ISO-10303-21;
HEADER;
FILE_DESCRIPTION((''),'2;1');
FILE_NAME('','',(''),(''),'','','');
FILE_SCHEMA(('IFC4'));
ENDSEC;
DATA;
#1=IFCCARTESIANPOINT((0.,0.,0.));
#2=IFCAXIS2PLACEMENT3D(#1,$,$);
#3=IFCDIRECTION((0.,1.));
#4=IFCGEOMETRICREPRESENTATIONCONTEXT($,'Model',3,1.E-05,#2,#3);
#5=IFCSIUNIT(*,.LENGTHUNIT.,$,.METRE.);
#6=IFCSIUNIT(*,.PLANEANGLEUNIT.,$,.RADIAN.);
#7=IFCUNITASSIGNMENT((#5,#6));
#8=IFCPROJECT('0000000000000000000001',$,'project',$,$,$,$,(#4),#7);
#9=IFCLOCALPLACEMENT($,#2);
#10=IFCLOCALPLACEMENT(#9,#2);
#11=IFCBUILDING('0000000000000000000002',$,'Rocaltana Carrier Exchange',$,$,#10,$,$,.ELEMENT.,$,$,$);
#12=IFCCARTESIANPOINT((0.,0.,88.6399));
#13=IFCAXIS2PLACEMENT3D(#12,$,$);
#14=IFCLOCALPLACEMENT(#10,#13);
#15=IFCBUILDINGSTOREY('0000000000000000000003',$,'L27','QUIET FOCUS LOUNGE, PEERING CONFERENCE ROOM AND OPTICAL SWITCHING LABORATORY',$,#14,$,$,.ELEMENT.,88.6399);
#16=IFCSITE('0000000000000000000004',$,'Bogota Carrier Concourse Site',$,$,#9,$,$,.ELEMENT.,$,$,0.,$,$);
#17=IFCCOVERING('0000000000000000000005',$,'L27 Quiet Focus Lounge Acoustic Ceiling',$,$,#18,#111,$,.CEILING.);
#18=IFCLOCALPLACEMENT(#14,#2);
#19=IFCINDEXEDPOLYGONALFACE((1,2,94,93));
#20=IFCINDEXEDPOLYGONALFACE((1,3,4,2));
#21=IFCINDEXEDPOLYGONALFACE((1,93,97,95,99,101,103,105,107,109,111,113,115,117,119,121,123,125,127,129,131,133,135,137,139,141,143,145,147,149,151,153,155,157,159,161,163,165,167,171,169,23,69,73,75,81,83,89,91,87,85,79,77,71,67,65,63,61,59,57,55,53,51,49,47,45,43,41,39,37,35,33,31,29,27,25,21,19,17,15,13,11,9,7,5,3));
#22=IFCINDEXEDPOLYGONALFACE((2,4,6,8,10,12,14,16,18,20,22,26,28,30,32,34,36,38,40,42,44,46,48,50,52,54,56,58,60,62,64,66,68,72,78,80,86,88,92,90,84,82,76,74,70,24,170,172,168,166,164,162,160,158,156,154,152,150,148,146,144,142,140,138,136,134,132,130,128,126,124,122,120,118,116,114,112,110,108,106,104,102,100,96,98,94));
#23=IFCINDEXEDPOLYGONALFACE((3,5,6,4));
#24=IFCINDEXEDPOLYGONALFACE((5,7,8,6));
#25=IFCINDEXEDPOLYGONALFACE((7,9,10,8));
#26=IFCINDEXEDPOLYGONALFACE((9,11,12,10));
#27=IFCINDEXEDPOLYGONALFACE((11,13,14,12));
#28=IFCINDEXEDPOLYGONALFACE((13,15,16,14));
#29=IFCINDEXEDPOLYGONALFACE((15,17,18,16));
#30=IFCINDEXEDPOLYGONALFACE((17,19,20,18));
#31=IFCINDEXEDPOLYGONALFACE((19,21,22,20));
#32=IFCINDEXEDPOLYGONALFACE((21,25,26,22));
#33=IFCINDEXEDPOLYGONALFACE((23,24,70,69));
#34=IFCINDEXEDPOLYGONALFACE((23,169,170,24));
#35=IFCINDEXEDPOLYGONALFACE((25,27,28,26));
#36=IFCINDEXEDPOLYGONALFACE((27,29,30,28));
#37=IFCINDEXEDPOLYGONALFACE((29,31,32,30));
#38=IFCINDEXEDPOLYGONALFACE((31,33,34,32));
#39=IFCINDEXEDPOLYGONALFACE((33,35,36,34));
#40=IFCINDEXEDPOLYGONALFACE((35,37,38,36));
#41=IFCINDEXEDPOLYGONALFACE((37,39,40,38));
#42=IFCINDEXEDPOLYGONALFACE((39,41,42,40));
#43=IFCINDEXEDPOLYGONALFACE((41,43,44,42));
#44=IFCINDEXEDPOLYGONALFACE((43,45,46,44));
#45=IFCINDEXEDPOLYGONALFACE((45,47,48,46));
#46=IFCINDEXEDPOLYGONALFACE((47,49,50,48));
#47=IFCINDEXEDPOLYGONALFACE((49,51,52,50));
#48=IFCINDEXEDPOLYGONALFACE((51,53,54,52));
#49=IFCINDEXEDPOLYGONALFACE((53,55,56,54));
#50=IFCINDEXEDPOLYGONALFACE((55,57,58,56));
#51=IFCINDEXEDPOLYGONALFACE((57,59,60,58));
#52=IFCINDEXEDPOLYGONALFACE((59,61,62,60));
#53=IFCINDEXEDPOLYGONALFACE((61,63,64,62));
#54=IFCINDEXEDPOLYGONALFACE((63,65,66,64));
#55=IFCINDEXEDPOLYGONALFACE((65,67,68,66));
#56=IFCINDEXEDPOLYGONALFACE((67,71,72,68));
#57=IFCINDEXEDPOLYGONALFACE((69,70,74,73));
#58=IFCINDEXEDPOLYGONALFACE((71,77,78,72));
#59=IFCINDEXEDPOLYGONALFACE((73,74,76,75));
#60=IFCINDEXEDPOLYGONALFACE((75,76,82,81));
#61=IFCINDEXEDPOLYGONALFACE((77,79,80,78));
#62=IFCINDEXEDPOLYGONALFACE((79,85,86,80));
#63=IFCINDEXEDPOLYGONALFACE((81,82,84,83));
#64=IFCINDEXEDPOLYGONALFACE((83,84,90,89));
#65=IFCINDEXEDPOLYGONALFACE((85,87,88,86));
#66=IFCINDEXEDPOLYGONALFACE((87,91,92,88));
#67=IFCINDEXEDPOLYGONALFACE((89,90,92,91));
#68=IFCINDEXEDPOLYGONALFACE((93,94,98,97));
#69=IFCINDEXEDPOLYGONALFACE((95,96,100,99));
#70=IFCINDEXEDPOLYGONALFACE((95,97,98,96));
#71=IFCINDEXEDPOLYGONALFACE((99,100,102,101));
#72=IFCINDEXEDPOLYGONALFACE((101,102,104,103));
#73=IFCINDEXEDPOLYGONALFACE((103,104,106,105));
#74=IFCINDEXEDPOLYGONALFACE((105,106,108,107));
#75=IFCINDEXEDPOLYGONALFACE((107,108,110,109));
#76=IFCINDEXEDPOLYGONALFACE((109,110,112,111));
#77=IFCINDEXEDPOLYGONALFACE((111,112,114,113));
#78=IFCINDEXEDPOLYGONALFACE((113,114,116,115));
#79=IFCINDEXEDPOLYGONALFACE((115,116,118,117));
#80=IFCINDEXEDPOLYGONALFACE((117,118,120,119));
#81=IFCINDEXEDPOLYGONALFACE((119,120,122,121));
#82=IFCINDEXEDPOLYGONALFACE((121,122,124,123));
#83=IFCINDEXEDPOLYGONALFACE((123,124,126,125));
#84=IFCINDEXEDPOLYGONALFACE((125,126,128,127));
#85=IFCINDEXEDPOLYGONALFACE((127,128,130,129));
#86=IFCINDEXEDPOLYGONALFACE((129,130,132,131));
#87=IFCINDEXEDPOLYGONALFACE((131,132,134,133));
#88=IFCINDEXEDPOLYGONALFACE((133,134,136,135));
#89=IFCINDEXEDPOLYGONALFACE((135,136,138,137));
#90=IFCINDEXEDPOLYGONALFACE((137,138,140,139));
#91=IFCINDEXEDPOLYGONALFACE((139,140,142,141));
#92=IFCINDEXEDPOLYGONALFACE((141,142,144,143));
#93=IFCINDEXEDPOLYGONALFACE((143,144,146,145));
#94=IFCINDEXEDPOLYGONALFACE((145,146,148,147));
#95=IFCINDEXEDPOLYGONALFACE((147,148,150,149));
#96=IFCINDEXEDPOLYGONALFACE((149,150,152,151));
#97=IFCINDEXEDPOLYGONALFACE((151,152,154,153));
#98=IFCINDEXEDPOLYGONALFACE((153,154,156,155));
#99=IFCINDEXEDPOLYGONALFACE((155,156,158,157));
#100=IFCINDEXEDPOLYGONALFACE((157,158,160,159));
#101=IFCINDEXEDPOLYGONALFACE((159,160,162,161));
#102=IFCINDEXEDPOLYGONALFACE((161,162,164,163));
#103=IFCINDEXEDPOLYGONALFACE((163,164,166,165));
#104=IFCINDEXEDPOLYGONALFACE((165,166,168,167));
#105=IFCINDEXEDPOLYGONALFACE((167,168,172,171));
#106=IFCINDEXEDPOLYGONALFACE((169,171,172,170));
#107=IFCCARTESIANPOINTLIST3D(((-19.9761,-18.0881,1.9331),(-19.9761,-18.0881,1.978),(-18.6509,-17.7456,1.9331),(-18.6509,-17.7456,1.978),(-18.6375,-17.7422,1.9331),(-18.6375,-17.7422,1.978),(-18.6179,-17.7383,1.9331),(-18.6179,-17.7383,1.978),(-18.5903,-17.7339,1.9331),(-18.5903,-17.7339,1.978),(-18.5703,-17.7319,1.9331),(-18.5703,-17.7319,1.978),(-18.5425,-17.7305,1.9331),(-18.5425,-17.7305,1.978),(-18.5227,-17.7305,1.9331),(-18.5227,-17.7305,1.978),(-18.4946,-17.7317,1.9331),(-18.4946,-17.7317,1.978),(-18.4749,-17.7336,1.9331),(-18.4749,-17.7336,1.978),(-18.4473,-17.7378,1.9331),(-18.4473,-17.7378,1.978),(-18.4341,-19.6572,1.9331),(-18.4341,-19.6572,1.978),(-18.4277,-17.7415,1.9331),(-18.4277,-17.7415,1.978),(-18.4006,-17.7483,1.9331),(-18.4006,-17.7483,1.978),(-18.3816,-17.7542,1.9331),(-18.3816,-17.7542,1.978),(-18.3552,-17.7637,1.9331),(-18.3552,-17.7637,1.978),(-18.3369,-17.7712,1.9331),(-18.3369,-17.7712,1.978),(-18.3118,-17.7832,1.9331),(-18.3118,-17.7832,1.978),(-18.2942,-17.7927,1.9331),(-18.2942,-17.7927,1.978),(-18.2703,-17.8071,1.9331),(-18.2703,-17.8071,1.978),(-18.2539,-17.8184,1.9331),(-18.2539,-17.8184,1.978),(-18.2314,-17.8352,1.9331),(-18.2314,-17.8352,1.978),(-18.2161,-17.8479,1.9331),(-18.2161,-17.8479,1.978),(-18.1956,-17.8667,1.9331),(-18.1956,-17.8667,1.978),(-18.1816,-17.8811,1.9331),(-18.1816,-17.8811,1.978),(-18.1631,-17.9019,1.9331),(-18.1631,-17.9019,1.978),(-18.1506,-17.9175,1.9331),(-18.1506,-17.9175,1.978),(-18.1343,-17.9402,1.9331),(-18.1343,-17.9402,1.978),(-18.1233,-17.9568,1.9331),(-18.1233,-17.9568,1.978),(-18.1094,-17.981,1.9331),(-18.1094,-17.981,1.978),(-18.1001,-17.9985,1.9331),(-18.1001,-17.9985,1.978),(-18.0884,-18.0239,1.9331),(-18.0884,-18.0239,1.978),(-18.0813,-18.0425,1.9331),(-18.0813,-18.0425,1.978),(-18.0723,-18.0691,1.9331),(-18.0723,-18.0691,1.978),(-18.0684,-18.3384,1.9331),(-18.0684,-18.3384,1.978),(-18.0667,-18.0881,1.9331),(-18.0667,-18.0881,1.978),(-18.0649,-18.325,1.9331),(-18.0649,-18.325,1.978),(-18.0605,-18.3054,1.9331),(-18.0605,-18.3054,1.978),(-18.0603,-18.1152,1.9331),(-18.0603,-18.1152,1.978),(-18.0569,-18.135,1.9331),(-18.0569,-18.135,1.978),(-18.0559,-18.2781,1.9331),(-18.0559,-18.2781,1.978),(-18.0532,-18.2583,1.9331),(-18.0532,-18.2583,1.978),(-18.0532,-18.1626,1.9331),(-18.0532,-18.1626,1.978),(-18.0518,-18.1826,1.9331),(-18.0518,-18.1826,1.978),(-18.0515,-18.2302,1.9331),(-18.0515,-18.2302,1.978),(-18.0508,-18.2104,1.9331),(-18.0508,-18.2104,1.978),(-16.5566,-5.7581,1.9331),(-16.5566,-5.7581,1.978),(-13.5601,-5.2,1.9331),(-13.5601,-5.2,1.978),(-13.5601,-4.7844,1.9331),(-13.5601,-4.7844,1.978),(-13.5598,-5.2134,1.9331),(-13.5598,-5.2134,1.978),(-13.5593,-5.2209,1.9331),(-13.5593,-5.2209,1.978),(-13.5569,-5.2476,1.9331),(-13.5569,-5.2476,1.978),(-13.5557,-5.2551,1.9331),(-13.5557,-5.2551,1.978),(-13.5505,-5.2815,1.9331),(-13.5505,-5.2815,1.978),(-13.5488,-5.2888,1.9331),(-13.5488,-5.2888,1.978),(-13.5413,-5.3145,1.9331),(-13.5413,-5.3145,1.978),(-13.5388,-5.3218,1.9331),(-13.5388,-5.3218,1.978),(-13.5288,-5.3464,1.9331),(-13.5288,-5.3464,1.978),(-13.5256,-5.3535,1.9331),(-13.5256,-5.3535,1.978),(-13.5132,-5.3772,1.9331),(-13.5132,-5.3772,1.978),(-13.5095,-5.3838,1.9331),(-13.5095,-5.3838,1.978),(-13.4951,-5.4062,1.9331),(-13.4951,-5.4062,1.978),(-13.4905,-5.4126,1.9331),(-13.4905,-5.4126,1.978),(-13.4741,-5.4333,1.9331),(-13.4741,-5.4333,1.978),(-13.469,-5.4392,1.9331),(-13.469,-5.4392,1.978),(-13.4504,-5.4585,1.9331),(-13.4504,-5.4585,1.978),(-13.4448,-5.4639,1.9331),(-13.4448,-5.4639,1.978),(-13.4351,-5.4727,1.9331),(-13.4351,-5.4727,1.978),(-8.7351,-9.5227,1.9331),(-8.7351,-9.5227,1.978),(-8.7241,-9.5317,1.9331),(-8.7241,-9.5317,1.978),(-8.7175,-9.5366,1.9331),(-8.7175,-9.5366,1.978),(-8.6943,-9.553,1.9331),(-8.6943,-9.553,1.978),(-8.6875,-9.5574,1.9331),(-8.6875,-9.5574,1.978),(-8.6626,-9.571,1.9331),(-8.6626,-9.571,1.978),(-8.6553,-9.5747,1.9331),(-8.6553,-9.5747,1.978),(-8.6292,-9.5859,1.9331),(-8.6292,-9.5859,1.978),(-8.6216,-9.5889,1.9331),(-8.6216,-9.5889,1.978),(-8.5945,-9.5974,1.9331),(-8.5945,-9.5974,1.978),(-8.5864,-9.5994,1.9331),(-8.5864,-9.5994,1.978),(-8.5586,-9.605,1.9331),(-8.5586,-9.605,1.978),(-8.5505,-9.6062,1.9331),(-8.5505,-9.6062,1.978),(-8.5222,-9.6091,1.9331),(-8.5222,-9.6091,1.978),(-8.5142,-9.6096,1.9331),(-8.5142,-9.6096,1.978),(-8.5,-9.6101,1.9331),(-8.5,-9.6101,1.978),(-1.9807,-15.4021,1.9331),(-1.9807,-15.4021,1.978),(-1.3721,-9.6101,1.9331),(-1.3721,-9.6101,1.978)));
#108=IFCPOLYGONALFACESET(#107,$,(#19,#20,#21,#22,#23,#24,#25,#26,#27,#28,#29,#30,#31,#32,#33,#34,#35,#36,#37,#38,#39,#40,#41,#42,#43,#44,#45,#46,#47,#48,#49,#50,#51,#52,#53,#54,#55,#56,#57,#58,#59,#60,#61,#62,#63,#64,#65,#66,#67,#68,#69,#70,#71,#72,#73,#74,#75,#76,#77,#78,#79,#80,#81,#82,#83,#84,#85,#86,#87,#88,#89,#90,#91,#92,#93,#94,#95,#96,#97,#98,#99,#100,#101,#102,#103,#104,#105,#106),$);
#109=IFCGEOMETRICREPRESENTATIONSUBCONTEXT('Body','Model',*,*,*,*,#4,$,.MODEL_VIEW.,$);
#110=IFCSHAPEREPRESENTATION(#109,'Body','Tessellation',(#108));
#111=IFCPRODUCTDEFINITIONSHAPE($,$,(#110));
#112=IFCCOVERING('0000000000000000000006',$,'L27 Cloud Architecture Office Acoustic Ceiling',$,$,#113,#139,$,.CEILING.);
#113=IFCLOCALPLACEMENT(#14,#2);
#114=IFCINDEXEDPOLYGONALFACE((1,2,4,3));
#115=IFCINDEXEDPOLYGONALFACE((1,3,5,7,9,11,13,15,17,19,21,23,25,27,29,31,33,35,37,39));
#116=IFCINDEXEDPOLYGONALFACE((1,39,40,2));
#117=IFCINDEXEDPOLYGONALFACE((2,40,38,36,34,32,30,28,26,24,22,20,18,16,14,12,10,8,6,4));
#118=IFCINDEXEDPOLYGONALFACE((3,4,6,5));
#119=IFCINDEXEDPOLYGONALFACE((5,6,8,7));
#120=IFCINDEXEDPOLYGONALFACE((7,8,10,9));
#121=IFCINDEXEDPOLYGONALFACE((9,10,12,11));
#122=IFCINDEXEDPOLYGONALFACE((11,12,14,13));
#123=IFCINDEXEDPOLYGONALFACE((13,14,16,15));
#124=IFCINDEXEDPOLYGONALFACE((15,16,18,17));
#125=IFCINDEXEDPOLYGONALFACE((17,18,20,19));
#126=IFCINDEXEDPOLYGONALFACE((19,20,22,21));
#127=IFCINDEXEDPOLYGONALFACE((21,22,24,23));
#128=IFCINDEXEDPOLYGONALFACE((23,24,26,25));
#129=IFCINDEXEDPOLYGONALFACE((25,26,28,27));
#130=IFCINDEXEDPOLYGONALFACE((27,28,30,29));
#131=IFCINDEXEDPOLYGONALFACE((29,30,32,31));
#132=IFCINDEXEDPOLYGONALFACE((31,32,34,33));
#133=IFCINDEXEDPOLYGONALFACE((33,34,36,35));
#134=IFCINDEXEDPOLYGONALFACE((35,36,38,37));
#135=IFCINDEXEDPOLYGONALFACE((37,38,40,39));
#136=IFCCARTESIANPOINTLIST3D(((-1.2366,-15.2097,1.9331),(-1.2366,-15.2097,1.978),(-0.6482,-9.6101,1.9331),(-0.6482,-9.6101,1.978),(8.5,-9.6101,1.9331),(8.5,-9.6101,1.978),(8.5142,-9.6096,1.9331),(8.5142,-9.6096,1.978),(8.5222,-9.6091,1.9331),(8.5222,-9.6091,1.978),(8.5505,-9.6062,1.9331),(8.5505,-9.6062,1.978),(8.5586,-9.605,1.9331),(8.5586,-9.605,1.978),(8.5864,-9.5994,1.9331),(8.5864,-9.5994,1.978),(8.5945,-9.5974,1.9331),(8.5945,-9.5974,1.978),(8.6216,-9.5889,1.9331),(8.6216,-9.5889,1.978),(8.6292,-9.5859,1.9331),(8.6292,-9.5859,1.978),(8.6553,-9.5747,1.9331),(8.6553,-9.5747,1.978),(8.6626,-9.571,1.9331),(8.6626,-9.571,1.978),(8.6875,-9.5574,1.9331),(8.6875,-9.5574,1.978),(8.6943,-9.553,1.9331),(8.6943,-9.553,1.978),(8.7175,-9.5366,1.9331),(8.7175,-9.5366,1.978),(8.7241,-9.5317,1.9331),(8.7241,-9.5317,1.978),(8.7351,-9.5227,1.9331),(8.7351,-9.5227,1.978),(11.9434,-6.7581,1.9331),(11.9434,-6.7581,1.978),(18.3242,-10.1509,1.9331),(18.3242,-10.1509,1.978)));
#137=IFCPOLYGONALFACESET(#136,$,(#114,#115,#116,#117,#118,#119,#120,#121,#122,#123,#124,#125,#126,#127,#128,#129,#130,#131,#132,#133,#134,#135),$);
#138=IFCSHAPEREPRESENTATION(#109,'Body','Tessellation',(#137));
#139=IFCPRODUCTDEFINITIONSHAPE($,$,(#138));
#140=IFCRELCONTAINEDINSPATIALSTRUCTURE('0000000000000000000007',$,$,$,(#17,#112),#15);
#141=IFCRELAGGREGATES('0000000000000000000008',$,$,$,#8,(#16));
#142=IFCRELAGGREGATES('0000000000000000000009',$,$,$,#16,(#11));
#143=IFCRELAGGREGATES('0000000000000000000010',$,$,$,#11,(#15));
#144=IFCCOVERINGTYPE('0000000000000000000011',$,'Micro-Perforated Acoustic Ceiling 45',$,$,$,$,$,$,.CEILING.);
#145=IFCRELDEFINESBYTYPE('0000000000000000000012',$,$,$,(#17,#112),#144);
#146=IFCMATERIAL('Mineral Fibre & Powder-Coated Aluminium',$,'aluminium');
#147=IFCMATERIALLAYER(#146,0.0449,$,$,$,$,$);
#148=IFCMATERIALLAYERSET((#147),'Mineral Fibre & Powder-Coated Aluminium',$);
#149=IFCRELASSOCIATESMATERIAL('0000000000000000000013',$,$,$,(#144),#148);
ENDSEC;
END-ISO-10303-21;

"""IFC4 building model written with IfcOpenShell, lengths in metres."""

from ifc_helpers import new_model, si_unit, direction, frame, origin, place, context, subcontext, project, spatial, polyline, outline, extrude, material, layer, layer_set, type_object, element, save


model = new_model("IFC4")

# Units and contexts
model_context = context("Model", 3, precision=1e-05, world=origin(), true_north=direction((0.0, 1.0)))
body_context = subcontext(model_context, "Body", "Model", "MODEL_VIEW")
ifc_project = project(units=[si_unit("LENGTHUNIT", "METRE"), si_unit("PLANEANGLEUNIT", "RADIAN")], contexts=[model_context])

# Site, building, storey
site_placement = place(None, origin())
site = spatial("IfcSite", under=ifc_project, at=site_placement, Name="Bogota Carrier Concourse Site", CompositionType="ELEMENT", RefElevation=0.0)
building_placement = place(site_placement, origin())
building = spatial("IfcBuilding", under=site, at=building_placement, Name="Rocaltana Carrier Exchange", CompositionType="ELEMENT")
storey_placement = place(building_placement, frame((0.0, 0.0, 88.6399)))
storey = spatial("IfcBuildingStorey", under=building, at=storey_placement, Name="L27", Description="QUIET FOCUS LOUNGE, PEERING CONFERENCE ROOM AND OPTICAL SWITCHING LABORATORY", CompositionType="ELEMENT", Elevation=88.6399)

# Coverings
ifc_material_1 = material(Name="Mineral Fibre & Powder-Coated Aluminium", Category="aluminium")
ifc_layer_1 = layer(ifc_material_1, 0.0449)
ifc_layer_set_1 = layer_set([ifc_layer_1], Name="Mineral Fibre & Powder-Coated Aluminium")
covering_type_1 = type_object("IfcCoveringType", Name="Micro-Perforated Acoustic Ceiling 45", PredefinedType="CEILING", material=ifc_layer_set_1)
covering_1_placement = place(storey_placement, frame((0.0, 0.0, 1.9331)))
element("IfcCovering", 1, at=covering_1_placement, inside=storey, type_object=covering_type_1, Name="L27 Quiet Focus Lounge Acoustic Ceiling", PredefinedType="CEILING", context=body_context, shape_type="SweptSolid", body=[
    extrude(outline(polyline([(-18.0684, -18.3384), (-18.0649, -18.325), (-18.0605, -18.3054), (-18.0559, -18.2781), (-18.0532, -18.2583), (-18.0515, -18.2302), (-18.0508, -18.2104), (-18.0518, -18.1826), (-18.0532, -18.1626), (-18.0569, -18.135), (-18.0603, -18.1152), (-18.0667, -18.0881), (-18.0723, -18.0691), (-18.0813, -18.0425), (-18.0884, -18.0239), (-18.1001, -17.9985), (-18.1094, -17.981), (-18.1233, -17.9568), (-18.1343, -17.9402), (-18.1506, -17.9175), (-18.1631, -17.9019), (-18.1816, -17.8811), (-18.1956, -17.8667), (-18.2161, -17.8479), (-18.2314, -17.8352), (-18.2539, -17.8184), (-18.2703, -17.8071), (-18.2942, -17.7927), (-18.3118, -17.7832), (-18.3369, -17.7712), (-18.3552, -17.7637), (-18.3816, -17.7542), (-18.4006, -17.7483), (-18.4277, -17.7415), (-18.4473, -17.7378), (-18.4749, -17.7336), (-18.4946, -17.7317), (-18.5227, -17.7305), (-18.5425, -17.7305), (-18.5703, -17.7319), (-18.5903, -17.7339), (-18.6179, -17.7383), (-18.6375, -17.7422), (-18.6509, -17.7456), (-19.9761, -18.0881), (-16.5566, -5.7581), (-13.5601, -4.7844), (-13.5601, -5.2), (-13.5598, -5.2134), (-13.5593, -5.2209), (-13.5569, -5.2476), (-13.5557, -5.2551), (-13.5505, -5.2815), (-13.5488, -5.2888), (-13.5413, -5.3145), (-13.5388, -5.3218), (-13.5288, -5.3464), (-13.5256, -5.3535), (-13.5132, -5.3772), (-13.5095, -5.3838), (-13.4951, -5.4062), (-13.4905, -5.4126), (-13.4741, -5.4333), (-13.469, -5.4392), (-13.4504, -5.4585), (-13.4448, -5.4639), (-13.4351, -5.4727), (-8.7351, -9.5227), (-8.7241, -9.5317), (-8.7175, -9.5366), (-8.6943, -9.553), (-8.6875, -9.5574), (-8.6626, -9.571), (-8.6553, -9.5747), (-8.6292, -9.5859), (-8.6216, -9.5889), (-8.5945, -9.5974), (-8.5864, -9.5994), (-8.5586, -9.605), (-8.5505, -9.6062), (-8.5222, -9.6091), (-8.5142, -9.6096), (-8.5, -9.6101), (-1.3721, -9.6101), (-1.9807, -15.4021), (-18.4341, -19.6572), (-18.0684, -18.3384)])), origin(), (0.0, 0.0, 1.0), 0.0449),
])
covering_2_placement = place(storey_placement, frame((0.0, 0.0, 1.9331)))
element("IfcCovering", 2, at=covering_2_placement, inside=storey, type_object=covering_type_1, Name="L27 Cloud Architecture Office Acoustic Ceiling", PredefinedType="CEILING", context=body_context, shape_type="SweptSolid", body=[
    extrude(outline(polyline([(-1.2366, -15.2097), (-0.6482, -9.6101), (8.5, -9.6101), (8.5142, -9.6096), (8.5222, -9.6091), (8.5505, -9.6062), (8.5586, -9.605), (8.5864, -9.5994), (8.5945, -9.5974), (8.6216, -9.5889), (8.6292, -9.5859), (8.6553, -9.5747), (8.6626, -9.571), (8.6875, -9.5574), (8.6943, -9.553), (8.7175, -9.5366), (8.7241, -9.5317), (8.7351, -9.5227), (11.9434, -6.7581), (18.3242, -10.1509), (-1.2366, -15.2097)])), origin(), (0.0, 0.0, 1.0), 0.0449),
])

save(model, "model.ifc")
